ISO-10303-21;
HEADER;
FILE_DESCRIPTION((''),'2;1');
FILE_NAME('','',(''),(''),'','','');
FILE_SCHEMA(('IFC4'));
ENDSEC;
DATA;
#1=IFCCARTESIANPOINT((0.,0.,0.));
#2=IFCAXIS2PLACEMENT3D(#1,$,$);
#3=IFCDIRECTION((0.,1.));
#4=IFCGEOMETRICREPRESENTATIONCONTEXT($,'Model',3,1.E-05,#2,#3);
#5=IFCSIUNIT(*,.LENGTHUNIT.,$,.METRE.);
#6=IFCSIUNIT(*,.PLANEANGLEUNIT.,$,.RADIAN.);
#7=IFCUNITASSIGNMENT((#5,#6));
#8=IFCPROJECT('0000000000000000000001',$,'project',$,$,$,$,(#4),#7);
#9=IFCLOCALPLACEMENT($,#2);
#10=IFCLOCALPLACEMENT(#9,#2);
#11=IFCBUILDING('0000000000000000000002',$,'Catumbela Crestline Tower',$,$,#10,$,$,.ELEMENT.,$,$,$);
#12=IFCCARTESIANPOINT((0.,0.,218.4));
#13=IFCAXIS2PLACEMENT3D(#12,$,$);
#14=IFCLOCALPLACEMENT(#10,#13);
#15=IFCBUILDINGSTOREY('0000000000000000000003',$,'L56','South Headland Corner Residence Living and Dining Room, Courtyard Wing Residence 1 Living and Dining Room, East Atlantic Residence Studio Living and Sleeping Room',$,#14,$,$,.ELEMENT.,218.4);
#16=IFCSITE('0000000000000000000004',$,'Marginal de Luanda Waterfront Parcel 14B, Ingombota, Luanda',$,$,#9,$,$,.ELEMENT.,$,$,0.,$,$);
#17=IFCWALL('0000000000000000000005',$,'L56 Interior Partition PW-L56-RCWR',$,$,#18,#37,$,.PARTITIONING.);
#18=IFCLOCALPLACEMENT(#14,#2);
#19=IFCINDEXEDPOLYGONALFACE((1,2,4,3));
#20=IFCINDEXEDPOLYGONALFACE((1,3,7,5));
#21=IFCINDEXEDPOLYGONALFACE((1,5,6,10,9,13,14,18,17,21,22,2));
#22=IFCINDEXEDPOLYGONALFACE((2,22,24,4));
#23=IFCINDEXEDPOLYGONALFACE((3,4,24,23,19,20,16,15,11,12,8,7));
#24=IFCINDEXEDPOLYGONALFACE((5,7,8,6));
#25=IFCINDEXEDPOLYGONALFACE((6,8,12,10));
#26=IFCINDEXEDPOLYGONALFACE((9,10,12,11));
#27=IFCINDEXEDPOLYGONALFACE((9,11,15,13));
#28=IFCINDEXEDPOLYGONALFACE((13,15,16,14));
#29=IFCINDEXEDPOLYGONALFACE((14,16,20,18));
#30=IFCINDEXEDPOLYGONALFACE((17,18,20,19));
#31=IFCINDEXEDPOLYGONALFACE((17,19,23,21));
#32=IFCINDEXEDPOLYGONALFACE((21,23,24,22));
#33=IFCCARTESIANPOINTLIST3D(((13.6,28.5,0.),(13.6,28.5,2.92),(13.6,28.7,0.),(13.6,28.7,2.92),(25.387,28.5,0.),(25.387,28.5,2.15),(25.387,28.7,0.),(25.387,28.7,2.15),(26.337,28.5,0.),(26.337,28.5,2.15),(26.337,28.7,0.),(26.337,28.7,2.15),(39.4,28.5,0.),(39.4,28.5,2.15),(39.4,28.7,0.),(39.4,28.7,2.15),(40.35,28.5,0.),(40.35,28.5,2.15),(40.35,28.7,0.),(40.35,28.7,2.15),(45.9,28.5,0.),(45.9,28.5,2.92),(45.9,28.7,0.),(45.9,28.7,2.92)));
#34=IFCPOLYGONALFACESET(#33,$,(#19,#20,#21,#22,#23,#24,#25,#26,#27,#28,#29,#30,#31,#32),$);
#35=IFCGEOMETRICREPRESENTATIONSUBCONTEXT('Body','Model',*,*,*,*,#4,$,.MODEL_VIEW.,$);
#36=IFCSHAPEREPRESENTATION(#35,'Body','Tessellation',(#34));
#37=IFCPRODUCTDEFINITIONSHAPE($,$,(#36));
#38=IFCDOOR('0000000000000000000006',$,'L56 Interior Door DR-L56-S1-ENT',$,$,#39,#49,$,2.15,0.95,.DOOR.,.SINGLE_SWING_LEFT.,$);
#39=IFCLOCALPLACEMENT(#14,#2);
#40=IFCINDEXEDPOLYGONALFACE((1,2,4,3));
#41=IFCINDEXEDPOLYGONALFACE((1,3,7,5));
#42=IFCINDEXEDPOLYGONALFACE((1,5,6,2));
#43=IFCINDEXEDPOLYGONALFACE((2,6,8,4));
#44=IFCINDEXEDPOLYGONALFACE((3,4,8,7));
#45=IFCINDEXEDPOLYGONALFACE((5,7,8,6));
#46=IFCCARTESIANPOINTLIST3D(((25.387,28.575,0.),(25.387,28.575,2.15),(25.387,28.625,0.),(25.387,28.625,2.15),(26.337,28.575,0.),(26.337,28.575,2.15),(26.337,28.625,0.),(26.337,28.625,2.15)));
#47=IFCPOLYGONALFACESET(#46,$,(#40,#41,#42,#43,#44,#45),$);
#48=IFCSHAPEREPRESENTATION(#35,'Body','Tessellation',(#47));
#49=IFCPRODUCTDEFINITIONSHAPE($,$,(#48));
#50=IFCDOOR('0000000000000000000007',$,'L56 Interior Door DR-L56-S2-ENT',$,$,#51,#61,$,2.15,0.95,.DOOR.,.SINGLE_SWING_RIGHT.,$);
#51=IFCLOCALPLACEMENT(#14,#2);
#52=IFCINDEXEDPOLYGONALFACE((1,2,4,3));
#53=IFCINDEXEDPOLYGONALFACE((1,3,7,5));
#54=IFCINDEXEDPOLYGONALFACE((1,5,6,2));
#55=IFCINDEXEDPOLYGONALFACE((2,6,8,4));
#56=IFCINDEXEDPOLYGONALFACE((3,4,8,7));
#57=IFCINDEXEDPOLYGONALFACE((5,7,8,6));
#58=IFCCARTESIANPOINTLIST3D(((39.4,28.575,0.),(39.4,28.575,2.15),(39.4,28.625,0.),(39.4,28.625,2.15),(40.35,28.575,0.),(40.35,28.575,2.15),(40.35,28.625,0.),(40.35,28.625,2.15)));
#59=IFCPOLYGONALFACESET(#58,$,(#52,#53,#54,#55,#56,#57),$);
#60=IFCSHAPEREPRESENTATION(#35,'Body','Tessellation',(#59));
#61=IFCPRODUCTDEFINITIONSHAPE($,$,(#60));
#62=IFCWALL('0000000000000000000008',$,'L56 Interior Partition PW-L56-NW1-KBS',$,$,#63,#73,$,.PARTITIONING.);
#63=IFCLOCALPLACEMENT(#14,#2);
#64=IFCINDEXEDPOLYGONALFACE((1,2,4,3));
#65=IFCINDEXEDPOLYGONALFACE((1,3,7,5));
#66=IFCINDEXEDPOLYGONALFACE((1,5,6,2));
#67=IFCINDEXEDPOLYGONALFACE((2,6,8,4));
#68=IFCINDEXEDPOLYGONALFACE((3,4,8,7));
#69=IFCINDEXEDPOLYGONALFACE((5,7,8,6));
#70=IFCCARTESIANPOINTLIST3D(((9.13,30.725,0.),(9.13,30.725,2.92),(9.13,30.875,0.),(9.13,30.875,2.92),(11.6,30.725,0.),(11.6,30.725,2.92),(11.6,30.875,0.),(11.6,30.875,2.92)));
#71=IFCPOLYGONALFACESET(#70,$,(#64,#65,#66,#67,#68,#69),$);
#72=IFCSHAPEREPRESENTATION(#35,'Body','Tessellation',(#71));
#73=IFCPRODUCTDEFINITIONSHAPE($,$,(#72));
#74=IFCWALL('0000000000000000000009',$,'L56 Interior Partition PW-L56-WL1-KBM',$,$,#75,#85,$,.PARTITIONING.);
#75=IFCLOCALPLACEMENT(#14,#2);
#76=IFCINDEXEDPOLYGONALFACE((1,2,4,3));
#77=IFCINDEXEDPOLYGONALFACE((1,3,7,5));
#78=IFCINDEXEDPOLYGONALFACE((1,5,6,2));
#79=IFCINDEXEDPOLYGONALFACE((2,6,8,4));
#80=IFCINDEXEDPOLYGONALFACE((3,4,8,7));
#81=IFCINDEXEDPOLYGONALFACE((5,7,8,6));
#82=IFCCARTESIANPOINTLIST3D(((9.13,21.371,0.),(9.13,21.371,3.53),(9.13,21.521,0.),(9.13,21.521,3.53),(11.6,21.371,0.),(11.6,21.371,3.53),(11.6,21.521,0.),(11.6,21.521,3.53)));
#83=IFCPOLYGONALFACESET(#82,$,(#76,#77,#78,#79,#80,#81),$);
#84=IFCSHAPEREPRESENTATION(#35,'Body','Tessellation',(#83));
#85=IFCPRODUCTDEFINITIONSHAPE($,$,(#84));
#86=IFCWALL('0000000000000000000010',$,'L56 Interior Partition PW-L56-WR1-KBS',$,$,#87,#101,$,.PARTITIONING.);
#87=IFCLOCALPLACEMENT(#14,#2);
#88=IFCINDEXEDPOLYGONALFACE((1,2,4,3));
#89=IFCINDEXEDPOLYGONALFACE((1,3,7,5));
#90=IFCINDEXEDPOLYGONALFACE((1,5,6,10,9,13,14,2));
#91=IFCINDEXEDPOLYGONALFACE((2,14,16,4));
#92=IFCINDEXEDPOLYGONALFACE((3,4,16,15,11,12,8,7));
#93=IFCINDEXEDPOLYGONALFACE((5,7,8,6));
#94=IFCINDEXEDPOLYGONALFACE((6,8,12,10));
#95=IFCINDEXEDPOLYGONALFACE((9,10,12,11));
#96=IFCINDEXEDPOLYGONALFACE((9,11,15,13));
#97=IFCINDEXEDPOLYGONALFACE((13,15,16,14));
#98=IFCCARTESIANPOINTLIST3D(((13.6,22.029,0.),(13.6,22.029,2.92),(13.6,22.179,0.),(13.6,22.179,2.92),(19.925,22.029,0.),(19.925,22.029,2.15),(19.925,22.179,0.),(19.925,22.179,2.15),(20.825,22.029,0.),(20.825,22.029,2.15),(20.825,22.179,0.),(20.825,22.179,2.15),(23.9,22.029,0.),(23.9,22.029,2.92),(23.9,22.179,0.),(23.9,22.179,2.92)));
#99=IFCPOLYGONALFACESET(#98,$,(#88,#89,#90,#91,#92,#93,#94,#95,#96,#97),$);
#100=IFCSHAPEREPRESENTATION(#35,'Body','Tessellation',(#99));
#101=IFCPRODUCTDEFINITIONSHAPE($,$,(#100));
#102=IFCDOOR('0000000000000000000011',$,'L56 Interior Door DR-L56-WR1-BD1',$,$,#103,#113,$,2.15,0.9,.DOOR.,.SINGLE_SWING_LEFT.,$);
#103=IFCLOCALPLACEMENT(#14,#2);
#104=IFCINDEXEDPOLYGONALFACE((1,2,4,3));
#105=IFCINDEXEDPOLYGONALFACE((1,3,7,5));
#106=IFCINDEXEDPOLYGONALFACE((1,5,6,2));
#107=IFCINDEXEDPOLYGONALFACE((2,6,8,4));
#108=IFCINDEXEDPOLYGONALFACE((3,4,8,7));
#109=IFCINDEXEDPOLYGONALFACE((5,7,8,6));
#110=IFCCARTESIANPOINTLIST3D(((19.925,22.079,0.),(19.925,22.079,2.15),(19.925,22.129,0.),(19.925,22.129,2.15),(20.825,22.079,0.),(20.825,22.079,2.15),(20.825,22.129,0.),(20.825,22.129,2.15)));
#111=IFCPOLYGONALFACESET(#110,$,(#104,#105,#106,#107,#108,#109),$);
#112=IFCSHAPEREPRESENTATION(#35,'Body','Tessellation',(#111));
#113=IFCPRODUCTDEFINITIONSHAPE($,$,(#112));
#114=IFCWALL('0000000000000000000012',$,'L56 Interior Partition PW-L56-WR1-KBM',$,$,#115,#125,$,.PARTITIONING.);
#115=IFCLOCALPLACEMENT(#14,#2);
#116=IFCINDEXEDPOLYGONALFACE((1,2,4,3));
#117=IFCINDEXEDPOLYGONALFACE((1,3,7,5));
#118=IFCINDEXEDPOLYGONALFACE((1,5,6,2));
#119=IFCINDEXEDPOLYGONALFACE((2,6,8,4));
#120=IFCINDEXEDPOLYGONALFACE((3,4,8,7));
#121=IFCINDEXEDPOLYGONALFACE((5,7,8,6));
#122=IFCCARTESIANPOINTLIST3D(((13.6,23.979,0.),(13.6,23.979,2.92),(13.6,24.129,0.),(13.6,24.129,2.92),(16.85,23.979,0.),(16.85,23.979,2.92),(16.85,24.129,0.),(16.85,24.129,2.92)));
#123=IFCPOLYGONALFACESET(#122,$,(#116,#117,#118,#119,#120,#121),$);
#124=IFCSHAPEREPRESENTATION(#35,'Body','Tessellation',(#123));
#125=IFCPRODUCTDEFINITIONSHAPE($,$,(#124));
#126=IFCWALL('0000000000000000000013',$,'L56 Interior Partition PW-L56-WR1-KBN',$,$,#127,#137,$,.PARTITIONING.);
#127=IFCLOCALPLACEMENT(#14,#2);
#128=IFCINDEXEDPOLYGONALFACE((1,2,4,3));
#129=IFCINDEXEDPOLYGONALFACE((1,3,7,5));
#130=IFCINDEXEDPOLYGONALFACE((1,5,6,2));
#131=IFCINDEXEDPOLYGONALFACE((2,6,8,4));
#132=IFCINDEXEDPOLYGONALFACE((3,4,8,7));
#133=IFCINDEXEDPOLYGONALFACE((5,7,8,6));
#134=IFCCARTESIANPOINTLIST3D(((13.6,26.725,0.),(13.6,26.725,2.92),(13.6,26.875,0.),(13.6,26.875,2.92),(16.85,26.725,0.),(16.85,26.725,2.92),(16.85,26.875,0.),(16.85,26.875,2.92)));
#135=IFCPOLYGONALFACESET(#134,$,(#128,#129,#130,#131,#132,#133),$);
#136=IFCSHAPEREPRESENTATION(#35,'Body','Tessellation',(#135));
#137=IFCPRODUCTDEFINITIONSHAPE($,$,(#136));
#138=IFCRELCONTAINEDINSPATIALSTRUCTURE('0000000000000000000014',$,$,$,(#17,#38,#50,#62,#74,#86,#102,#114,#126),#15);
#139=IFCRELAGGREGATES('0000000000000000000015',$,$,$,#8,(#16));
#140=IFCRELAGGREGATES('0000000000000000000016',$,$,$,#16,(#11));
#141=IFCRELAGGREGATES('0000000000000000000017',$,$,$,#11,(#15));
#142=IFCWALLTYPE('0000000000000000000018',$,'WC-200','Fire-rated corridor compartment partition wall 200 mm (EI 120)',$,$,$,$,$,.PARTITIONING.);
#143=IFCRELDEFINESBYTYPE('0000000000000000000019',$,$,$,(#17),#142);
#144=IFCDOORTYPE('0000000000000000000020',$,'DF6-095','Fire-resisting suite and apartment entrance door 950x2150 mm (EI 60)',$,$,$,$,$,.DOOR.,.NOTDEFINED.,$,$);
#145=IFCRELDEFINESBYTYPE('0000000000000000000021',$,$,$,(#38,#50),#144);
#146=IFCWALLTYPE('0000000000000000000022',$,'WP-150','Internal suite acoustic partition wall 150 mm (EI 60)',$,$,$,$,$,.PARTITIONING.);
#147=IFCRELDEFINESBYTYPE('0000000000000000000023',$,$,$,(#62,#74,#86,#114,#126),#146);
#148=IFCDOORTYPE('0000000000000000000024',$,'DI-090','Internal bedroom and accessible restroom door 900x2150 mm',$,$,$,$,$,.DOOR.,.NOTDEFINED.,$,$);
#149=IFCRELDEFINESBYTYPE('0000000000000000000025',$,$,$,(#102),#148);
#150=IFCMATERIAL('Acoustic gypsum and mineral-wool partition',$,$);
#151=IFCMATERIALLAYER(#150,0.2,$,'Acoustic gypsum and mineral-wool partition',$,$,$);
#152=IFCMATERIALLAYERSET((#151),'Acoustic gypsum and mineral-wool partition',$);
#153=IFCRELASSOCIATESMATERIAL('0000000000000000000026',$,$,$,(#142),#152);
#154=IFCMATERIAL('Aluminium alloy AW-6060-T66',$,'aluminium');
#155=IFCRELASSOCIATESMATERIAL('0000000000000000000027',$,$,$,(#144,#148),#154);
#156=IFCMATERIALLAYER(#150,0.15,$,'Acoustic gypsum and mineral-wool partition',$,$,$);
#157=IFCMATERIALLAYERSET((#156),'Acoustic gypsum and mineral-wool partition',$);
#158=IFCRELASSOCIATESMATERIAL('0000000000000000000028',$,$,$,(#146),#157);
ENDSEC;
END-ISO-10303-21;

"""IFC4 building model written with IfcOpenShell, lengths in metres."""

from ifc_helpers import new_model, si_unit, direction, frame, frame_2d, origin, place, context, subcontext, project, spatial, rectangle, extrude, material, layer, layer_set, type_object, element, fill, save


model = new_model("IFC4")

# Units and contexts
model_context = context("Model", 3, precision=1e-05, world=origin(), true_north=direction((0.0, 1.0)))
body_context = subcontext(model_context, "Body", "Model", "MODEL_VIEW")
ifc_project = project(units=[si_unit("LENGTHUNIT", "METRE"), si_unit("PLANEANGLEUNIT", "RADIAN")], contexts=[model_context])

# Site, building, storey
site_placement = place(None, origin())
site = spatial("IfcSite", under=ifc_project, at=site_placement, Name="Marginal de Luanda Waterfront Parcel 14B, Ingombota, Luanda", CompositionType="ELEMENT", RefElevation=0.0)
building_placement = place(site_placement, origin())
building = spatial("IfcBuilding", under=site, at=building_placement, Name="Catumbela Crestline Tower", CompositionType="ELEMENT")
storey_placement = place(building_placement, frame((0.0, 0.0, 218.4)))
storey = spatial("IfcBuildingStorey", under=building, at=storey_placement, Name="L56", Description="South Headland Corner Residence Living and Dining Room, Courtyard Wing Residence 1 Living and Dining Room, East Atlantic Residence Studio Living and Sleeping Room", CompositionType="ELEMENT", Elevation=218.4)

# Wall, openings, doors
ifc_material_1 = material(Name="Acoustic gypsum and mineral-wool partition")
ifc_layer_1 = layer(ifc_material_1, 0.2, Name="Acoustic gypsum and mineral-wool partition")
ifc_layer_set_1 = layer_set([ifc_layer_1], Name="Acoustic gypsum and mineral-wool partition")
wall_type_1 = type_object("IfcWallType", Name="WC-200", Description="Fire-rated corridor compartment partition wall 200 mm (EI 120)", PredefinedType="PARTITIONING", material=ifc_layer_set_1)
wall_1_placement = place(storey_placement, frame((13.6, 28.6, 0.0), z_axis=(0.0, 0.0, 1.0), x_axis=(1.0, 0.0, 0.0)))
wall_1 = element("IfcWall", 1, at=wall_1_placement, inside=storey, type_object=wall_type_1, Name="L56 Interior Partition PW-L56-RCWR", PredefinedType="PARTITIONING", context=body_context, shape_type="SweptSolid", body=[
    extrude(rectangle(XDim=32.3, YDim=0.2, at=frame_2d((16.15, 0.0))), origin(), (0.0, 0.0, 1.0), 2.92),
])
opening_1_placement = place(wall_1_placement, frame((11.787, 0.0, 0.0)))
opening_1 = element("IfcOpeningElement", 2, at=opening_1_placement, cuts=wall_1, PredefinedType="OPENING", context=body_context, shape_type="SweptSolid", body=[
    extrude(rectangle(XDim=0.95, YDim=2.15, at=frame_2d((0.475, 1.075))), frame((0.0, 0.11, 0.0), z_axis=(0.0, -1.0, 0.0), x_axis=(1.0, 0.0, 0.0)), (0.0, 0.0, 1.0), 0.22),
])
opening_2_placement = place(wall_1_placement, frame((25.8, 0.0, 0.0)))
opening_2 = element("IfcOpeningElement", 3, at=opening_2_placement, cuts=wall_1, PredefinedType="OPENING", context=body_context, shape_type="SweptSolid", body=[
    extrude(rectangle(XDim=0.95, YDim=2.15, at=frame_2d((0.475, 1.075))), frame((0.0, 0.11, 0.0), z_axis=(0.0, -1.0, 0.0), x_axis=(1.0, 0.0, 0.0)), (0.0, 0.0, 1.0), 0.22),
])
ifc_material_2 = material(Name="Aluminium alloy AW-6060-T66", Category="aluminium")
door_type_1 = type_object("IfcDoorType", Name="DF6-095", Description="Fire-resisting suite and apartment entrance door 950x2150 mm (EI 60)", OperationType="NOTDEFINED", PredefinedType="DOOR", material=ifc_material_2)
door_1_placement = place(opening_1_placement, origin())
door_1 = element("IfcDoor", 4, at=door_1_placement, inside=storey, type_object=door_type_1, Name="L56 Interior Door DR-L56-S1-ENT", OperationType="SINGLE_SWING_LEFT", OverallHeight=2.15, OverallWidth=0.95, PredefinedType="DOOR", context=body_context, shape_type="SweptSolid", body=[
    extrude(rectangle(XDim=0.95, YDim=2.15, at=frame_2d((0.475, 1.075))), frame((0.0, 0.025, 0.0), z_axis=(0.0, -1.0, 0.0), x_axis=(1.0, 0.0, 0.0)), (0.0, 0.0, 1.0), 0.05),
])
fill(opening_1, door_1)
door_2_placement = place(opening_2_placement, origin())
door_2 = element("IfcDoor", 5, at=door_2_placement, inside=storey, type_object=door_type_1, Name="L56 Interior Door DR-L56-S2-ENT", OperationType="SINGLE_SWING_RIGHT", OverallHeight=2.15, OverallWidth=0.95, PredefinedType="DOOR", context=body_context, shape_type="SweptSolid", body=[
    extrude(rectangle(XDim=0.95, YDim=2.15, at=frame_2d((0.475, 1.075))), frame((0.0, 0.025, 0.0), z_axis=(0.0, -1.0, 0.0), x_axis=(1.0, 0.0, 0.0)), (0.0, 0.0, 1.0), 0.05),
])
fill(opening_2, door_2)

# Walls
ifc_layer_2 = layer(ifc_material_1, 0.15, Name="Acoustic gypsum and mineral-wool partition")
ifc_layer_set_2 = layer_set([ifc_layer_2], Name="Acoustic gypsum and mineral-wool partition")
wall_type_2 = type_object("IfcWallType", Name="WP-150", Description="Internal suite acoustic partition wall 150 mm (EI 60)", PredefinedType="PARTITIONING", material=ifc_layer_set_2)
wall_2_placement = place(storey_placement, frame((9.13, 30.8, 0.0), z_axis=(0.0, 0.0, 1.0), x_axis=(1.0, 0.0, 0.0)))
element("IfcWall", 6, at=wall_2_placement, inside=storey, type_object=wall_type_2, Name="L56 Interior Partition PW-L56-NW1-KBS", PredefinedType="PARTITIONING", context=body_context, shape_type="SweptSolid", body=[
    extrude(rectangle(XDim=2.47, YDim=0.15, at=frame_2d((1.235, 0.0))), origin(), (0.0, 0.0, 1.0), 2.92),
])
wall_3_placement = place(storey_placement, frame((9.13, 21.446, 0.0), z_axis=(0.0, 0.0, 1.0), x_axis=(1.0, 0.0, 0.0)))
element("IfcWall", 7, at=wall_3_placement, inside=storey, type_object=wall_type_2, Name="L56 Interior Partition PW-L56-WL1-KBM", PredefinedType="PARTITIONING", context=body_context, shape_type="SweptSolid", body=[
    extrude(rectangle(XDim=2.47, YDim=0.15, at=frame_2d((1.235, 0.0))), origin(), (0.0, 0.0, 1.0), 3.53),
])

# Wall, opening, door
wall_4_placement = place(storey_placement, frame((13.6, 22.104, 0.0), z_axis=(0.0, 0.0, 1.0), x_axis=(1.0, 0.0, 0.0)))
wall_4 = element("IfcWall", 8, at=wall_4_placement, inside=storey, type_object=wall_type_2, Name="L56 Interior Partition PW-L56-WR1-KBS", PredefinedType="PARTITIONING", context=body_context, shape_type="SweptSolid", body=[
    extrude(rectangle(XDim=10.3, YDim=0.15, at=frame_2d((5.15, 0.0))), origin(), (0.0, 0.0, 1.0), 2.92),
])
opening_3_placement = place(wall_4_placement, frame((6.325, 0.0, 0.0)))
opening_3 = element("IfcOpeningElement", 9, at=opening_3_placement, cuts=wall_4, PredefinedType="OPENING", context=body_context, shape_type="SweptSolid", body=[
    extrude(rectangle(XDim=0.9, YDim=2.15, at=frame_2d((0.45, 1.075))), frame((0.0, 0.085, 0.0), z_axis=(0.0, -1.0, 0.0), x_axis=(1.0, 0.0, 0.0)), (0.0, 0.0, 1.0), 0.17),
])
door_type_2 = type_object("IfcDoorType", Name="DI-090", Description="Internal bedroom and accessible restroom door 900x2150 mm", OperationType="NOTDEFINED", PredefinedType="DOOR", material=ifc_material_2)
door_3_placement = place(opening_3_placement, origin())
door_3 = element("IfcDoor", 10, at=door_3_placement, inside=storey, type_object=door_type_2, Name="L56 Interior Door DR-L56-WR1-BD1", OperationType="SINGLE_SWING_LEFT", OverallHeight=2.15, OverallWidth=0.9, PredefinedType="DOOR", context=body_context, shape_type="SweptSolid", body=[
    extrude(rectangle(XDim=0.9, YDim=2.15, at=frame_2d((0.45, 1.075))), frame((0.0, 0.025, 0.0), z_axis=(0.0, -1.0, 0.0), x_axis=(1.0, 0.0, 0.0)), (0.0, 0.0, 1.0), 0.05),
])
fill(opening_3, door_3)

# Walls
for number, where, z_axis, x_axis, name in (
    (11, (13.6, 24.054, 0.0), (0.0, 0.0, 1.0), (1.0, 0.0, 0.0), "L56 Interior Partition PW-L56-WR1-KBM"),
    (12, (13.6, 26.8, 0.0), (0.0, 0.0, 1.0), (1.0, 0.0, 0.0), "L56 Interior Partition PW-L56-WR1-KBN"),
):
    element("IfcWall", number, at=place(storey_placement, frame(where, z_axis=z_axis, x_axis=x_axis)), inside=storey, type_object=wall_type_2, Name=name, PredefinedType="PARTITIONING", context=body_context, shape_type="SweptSolid", body=[
        extrude(rectangle(XDim=3.25, YDim=0.15, at=frame_2d((1.625, 0.0))), origin(), (0.0, 0.0, 1.0), 2.92),
    ])

save(model, "model.ifc")
